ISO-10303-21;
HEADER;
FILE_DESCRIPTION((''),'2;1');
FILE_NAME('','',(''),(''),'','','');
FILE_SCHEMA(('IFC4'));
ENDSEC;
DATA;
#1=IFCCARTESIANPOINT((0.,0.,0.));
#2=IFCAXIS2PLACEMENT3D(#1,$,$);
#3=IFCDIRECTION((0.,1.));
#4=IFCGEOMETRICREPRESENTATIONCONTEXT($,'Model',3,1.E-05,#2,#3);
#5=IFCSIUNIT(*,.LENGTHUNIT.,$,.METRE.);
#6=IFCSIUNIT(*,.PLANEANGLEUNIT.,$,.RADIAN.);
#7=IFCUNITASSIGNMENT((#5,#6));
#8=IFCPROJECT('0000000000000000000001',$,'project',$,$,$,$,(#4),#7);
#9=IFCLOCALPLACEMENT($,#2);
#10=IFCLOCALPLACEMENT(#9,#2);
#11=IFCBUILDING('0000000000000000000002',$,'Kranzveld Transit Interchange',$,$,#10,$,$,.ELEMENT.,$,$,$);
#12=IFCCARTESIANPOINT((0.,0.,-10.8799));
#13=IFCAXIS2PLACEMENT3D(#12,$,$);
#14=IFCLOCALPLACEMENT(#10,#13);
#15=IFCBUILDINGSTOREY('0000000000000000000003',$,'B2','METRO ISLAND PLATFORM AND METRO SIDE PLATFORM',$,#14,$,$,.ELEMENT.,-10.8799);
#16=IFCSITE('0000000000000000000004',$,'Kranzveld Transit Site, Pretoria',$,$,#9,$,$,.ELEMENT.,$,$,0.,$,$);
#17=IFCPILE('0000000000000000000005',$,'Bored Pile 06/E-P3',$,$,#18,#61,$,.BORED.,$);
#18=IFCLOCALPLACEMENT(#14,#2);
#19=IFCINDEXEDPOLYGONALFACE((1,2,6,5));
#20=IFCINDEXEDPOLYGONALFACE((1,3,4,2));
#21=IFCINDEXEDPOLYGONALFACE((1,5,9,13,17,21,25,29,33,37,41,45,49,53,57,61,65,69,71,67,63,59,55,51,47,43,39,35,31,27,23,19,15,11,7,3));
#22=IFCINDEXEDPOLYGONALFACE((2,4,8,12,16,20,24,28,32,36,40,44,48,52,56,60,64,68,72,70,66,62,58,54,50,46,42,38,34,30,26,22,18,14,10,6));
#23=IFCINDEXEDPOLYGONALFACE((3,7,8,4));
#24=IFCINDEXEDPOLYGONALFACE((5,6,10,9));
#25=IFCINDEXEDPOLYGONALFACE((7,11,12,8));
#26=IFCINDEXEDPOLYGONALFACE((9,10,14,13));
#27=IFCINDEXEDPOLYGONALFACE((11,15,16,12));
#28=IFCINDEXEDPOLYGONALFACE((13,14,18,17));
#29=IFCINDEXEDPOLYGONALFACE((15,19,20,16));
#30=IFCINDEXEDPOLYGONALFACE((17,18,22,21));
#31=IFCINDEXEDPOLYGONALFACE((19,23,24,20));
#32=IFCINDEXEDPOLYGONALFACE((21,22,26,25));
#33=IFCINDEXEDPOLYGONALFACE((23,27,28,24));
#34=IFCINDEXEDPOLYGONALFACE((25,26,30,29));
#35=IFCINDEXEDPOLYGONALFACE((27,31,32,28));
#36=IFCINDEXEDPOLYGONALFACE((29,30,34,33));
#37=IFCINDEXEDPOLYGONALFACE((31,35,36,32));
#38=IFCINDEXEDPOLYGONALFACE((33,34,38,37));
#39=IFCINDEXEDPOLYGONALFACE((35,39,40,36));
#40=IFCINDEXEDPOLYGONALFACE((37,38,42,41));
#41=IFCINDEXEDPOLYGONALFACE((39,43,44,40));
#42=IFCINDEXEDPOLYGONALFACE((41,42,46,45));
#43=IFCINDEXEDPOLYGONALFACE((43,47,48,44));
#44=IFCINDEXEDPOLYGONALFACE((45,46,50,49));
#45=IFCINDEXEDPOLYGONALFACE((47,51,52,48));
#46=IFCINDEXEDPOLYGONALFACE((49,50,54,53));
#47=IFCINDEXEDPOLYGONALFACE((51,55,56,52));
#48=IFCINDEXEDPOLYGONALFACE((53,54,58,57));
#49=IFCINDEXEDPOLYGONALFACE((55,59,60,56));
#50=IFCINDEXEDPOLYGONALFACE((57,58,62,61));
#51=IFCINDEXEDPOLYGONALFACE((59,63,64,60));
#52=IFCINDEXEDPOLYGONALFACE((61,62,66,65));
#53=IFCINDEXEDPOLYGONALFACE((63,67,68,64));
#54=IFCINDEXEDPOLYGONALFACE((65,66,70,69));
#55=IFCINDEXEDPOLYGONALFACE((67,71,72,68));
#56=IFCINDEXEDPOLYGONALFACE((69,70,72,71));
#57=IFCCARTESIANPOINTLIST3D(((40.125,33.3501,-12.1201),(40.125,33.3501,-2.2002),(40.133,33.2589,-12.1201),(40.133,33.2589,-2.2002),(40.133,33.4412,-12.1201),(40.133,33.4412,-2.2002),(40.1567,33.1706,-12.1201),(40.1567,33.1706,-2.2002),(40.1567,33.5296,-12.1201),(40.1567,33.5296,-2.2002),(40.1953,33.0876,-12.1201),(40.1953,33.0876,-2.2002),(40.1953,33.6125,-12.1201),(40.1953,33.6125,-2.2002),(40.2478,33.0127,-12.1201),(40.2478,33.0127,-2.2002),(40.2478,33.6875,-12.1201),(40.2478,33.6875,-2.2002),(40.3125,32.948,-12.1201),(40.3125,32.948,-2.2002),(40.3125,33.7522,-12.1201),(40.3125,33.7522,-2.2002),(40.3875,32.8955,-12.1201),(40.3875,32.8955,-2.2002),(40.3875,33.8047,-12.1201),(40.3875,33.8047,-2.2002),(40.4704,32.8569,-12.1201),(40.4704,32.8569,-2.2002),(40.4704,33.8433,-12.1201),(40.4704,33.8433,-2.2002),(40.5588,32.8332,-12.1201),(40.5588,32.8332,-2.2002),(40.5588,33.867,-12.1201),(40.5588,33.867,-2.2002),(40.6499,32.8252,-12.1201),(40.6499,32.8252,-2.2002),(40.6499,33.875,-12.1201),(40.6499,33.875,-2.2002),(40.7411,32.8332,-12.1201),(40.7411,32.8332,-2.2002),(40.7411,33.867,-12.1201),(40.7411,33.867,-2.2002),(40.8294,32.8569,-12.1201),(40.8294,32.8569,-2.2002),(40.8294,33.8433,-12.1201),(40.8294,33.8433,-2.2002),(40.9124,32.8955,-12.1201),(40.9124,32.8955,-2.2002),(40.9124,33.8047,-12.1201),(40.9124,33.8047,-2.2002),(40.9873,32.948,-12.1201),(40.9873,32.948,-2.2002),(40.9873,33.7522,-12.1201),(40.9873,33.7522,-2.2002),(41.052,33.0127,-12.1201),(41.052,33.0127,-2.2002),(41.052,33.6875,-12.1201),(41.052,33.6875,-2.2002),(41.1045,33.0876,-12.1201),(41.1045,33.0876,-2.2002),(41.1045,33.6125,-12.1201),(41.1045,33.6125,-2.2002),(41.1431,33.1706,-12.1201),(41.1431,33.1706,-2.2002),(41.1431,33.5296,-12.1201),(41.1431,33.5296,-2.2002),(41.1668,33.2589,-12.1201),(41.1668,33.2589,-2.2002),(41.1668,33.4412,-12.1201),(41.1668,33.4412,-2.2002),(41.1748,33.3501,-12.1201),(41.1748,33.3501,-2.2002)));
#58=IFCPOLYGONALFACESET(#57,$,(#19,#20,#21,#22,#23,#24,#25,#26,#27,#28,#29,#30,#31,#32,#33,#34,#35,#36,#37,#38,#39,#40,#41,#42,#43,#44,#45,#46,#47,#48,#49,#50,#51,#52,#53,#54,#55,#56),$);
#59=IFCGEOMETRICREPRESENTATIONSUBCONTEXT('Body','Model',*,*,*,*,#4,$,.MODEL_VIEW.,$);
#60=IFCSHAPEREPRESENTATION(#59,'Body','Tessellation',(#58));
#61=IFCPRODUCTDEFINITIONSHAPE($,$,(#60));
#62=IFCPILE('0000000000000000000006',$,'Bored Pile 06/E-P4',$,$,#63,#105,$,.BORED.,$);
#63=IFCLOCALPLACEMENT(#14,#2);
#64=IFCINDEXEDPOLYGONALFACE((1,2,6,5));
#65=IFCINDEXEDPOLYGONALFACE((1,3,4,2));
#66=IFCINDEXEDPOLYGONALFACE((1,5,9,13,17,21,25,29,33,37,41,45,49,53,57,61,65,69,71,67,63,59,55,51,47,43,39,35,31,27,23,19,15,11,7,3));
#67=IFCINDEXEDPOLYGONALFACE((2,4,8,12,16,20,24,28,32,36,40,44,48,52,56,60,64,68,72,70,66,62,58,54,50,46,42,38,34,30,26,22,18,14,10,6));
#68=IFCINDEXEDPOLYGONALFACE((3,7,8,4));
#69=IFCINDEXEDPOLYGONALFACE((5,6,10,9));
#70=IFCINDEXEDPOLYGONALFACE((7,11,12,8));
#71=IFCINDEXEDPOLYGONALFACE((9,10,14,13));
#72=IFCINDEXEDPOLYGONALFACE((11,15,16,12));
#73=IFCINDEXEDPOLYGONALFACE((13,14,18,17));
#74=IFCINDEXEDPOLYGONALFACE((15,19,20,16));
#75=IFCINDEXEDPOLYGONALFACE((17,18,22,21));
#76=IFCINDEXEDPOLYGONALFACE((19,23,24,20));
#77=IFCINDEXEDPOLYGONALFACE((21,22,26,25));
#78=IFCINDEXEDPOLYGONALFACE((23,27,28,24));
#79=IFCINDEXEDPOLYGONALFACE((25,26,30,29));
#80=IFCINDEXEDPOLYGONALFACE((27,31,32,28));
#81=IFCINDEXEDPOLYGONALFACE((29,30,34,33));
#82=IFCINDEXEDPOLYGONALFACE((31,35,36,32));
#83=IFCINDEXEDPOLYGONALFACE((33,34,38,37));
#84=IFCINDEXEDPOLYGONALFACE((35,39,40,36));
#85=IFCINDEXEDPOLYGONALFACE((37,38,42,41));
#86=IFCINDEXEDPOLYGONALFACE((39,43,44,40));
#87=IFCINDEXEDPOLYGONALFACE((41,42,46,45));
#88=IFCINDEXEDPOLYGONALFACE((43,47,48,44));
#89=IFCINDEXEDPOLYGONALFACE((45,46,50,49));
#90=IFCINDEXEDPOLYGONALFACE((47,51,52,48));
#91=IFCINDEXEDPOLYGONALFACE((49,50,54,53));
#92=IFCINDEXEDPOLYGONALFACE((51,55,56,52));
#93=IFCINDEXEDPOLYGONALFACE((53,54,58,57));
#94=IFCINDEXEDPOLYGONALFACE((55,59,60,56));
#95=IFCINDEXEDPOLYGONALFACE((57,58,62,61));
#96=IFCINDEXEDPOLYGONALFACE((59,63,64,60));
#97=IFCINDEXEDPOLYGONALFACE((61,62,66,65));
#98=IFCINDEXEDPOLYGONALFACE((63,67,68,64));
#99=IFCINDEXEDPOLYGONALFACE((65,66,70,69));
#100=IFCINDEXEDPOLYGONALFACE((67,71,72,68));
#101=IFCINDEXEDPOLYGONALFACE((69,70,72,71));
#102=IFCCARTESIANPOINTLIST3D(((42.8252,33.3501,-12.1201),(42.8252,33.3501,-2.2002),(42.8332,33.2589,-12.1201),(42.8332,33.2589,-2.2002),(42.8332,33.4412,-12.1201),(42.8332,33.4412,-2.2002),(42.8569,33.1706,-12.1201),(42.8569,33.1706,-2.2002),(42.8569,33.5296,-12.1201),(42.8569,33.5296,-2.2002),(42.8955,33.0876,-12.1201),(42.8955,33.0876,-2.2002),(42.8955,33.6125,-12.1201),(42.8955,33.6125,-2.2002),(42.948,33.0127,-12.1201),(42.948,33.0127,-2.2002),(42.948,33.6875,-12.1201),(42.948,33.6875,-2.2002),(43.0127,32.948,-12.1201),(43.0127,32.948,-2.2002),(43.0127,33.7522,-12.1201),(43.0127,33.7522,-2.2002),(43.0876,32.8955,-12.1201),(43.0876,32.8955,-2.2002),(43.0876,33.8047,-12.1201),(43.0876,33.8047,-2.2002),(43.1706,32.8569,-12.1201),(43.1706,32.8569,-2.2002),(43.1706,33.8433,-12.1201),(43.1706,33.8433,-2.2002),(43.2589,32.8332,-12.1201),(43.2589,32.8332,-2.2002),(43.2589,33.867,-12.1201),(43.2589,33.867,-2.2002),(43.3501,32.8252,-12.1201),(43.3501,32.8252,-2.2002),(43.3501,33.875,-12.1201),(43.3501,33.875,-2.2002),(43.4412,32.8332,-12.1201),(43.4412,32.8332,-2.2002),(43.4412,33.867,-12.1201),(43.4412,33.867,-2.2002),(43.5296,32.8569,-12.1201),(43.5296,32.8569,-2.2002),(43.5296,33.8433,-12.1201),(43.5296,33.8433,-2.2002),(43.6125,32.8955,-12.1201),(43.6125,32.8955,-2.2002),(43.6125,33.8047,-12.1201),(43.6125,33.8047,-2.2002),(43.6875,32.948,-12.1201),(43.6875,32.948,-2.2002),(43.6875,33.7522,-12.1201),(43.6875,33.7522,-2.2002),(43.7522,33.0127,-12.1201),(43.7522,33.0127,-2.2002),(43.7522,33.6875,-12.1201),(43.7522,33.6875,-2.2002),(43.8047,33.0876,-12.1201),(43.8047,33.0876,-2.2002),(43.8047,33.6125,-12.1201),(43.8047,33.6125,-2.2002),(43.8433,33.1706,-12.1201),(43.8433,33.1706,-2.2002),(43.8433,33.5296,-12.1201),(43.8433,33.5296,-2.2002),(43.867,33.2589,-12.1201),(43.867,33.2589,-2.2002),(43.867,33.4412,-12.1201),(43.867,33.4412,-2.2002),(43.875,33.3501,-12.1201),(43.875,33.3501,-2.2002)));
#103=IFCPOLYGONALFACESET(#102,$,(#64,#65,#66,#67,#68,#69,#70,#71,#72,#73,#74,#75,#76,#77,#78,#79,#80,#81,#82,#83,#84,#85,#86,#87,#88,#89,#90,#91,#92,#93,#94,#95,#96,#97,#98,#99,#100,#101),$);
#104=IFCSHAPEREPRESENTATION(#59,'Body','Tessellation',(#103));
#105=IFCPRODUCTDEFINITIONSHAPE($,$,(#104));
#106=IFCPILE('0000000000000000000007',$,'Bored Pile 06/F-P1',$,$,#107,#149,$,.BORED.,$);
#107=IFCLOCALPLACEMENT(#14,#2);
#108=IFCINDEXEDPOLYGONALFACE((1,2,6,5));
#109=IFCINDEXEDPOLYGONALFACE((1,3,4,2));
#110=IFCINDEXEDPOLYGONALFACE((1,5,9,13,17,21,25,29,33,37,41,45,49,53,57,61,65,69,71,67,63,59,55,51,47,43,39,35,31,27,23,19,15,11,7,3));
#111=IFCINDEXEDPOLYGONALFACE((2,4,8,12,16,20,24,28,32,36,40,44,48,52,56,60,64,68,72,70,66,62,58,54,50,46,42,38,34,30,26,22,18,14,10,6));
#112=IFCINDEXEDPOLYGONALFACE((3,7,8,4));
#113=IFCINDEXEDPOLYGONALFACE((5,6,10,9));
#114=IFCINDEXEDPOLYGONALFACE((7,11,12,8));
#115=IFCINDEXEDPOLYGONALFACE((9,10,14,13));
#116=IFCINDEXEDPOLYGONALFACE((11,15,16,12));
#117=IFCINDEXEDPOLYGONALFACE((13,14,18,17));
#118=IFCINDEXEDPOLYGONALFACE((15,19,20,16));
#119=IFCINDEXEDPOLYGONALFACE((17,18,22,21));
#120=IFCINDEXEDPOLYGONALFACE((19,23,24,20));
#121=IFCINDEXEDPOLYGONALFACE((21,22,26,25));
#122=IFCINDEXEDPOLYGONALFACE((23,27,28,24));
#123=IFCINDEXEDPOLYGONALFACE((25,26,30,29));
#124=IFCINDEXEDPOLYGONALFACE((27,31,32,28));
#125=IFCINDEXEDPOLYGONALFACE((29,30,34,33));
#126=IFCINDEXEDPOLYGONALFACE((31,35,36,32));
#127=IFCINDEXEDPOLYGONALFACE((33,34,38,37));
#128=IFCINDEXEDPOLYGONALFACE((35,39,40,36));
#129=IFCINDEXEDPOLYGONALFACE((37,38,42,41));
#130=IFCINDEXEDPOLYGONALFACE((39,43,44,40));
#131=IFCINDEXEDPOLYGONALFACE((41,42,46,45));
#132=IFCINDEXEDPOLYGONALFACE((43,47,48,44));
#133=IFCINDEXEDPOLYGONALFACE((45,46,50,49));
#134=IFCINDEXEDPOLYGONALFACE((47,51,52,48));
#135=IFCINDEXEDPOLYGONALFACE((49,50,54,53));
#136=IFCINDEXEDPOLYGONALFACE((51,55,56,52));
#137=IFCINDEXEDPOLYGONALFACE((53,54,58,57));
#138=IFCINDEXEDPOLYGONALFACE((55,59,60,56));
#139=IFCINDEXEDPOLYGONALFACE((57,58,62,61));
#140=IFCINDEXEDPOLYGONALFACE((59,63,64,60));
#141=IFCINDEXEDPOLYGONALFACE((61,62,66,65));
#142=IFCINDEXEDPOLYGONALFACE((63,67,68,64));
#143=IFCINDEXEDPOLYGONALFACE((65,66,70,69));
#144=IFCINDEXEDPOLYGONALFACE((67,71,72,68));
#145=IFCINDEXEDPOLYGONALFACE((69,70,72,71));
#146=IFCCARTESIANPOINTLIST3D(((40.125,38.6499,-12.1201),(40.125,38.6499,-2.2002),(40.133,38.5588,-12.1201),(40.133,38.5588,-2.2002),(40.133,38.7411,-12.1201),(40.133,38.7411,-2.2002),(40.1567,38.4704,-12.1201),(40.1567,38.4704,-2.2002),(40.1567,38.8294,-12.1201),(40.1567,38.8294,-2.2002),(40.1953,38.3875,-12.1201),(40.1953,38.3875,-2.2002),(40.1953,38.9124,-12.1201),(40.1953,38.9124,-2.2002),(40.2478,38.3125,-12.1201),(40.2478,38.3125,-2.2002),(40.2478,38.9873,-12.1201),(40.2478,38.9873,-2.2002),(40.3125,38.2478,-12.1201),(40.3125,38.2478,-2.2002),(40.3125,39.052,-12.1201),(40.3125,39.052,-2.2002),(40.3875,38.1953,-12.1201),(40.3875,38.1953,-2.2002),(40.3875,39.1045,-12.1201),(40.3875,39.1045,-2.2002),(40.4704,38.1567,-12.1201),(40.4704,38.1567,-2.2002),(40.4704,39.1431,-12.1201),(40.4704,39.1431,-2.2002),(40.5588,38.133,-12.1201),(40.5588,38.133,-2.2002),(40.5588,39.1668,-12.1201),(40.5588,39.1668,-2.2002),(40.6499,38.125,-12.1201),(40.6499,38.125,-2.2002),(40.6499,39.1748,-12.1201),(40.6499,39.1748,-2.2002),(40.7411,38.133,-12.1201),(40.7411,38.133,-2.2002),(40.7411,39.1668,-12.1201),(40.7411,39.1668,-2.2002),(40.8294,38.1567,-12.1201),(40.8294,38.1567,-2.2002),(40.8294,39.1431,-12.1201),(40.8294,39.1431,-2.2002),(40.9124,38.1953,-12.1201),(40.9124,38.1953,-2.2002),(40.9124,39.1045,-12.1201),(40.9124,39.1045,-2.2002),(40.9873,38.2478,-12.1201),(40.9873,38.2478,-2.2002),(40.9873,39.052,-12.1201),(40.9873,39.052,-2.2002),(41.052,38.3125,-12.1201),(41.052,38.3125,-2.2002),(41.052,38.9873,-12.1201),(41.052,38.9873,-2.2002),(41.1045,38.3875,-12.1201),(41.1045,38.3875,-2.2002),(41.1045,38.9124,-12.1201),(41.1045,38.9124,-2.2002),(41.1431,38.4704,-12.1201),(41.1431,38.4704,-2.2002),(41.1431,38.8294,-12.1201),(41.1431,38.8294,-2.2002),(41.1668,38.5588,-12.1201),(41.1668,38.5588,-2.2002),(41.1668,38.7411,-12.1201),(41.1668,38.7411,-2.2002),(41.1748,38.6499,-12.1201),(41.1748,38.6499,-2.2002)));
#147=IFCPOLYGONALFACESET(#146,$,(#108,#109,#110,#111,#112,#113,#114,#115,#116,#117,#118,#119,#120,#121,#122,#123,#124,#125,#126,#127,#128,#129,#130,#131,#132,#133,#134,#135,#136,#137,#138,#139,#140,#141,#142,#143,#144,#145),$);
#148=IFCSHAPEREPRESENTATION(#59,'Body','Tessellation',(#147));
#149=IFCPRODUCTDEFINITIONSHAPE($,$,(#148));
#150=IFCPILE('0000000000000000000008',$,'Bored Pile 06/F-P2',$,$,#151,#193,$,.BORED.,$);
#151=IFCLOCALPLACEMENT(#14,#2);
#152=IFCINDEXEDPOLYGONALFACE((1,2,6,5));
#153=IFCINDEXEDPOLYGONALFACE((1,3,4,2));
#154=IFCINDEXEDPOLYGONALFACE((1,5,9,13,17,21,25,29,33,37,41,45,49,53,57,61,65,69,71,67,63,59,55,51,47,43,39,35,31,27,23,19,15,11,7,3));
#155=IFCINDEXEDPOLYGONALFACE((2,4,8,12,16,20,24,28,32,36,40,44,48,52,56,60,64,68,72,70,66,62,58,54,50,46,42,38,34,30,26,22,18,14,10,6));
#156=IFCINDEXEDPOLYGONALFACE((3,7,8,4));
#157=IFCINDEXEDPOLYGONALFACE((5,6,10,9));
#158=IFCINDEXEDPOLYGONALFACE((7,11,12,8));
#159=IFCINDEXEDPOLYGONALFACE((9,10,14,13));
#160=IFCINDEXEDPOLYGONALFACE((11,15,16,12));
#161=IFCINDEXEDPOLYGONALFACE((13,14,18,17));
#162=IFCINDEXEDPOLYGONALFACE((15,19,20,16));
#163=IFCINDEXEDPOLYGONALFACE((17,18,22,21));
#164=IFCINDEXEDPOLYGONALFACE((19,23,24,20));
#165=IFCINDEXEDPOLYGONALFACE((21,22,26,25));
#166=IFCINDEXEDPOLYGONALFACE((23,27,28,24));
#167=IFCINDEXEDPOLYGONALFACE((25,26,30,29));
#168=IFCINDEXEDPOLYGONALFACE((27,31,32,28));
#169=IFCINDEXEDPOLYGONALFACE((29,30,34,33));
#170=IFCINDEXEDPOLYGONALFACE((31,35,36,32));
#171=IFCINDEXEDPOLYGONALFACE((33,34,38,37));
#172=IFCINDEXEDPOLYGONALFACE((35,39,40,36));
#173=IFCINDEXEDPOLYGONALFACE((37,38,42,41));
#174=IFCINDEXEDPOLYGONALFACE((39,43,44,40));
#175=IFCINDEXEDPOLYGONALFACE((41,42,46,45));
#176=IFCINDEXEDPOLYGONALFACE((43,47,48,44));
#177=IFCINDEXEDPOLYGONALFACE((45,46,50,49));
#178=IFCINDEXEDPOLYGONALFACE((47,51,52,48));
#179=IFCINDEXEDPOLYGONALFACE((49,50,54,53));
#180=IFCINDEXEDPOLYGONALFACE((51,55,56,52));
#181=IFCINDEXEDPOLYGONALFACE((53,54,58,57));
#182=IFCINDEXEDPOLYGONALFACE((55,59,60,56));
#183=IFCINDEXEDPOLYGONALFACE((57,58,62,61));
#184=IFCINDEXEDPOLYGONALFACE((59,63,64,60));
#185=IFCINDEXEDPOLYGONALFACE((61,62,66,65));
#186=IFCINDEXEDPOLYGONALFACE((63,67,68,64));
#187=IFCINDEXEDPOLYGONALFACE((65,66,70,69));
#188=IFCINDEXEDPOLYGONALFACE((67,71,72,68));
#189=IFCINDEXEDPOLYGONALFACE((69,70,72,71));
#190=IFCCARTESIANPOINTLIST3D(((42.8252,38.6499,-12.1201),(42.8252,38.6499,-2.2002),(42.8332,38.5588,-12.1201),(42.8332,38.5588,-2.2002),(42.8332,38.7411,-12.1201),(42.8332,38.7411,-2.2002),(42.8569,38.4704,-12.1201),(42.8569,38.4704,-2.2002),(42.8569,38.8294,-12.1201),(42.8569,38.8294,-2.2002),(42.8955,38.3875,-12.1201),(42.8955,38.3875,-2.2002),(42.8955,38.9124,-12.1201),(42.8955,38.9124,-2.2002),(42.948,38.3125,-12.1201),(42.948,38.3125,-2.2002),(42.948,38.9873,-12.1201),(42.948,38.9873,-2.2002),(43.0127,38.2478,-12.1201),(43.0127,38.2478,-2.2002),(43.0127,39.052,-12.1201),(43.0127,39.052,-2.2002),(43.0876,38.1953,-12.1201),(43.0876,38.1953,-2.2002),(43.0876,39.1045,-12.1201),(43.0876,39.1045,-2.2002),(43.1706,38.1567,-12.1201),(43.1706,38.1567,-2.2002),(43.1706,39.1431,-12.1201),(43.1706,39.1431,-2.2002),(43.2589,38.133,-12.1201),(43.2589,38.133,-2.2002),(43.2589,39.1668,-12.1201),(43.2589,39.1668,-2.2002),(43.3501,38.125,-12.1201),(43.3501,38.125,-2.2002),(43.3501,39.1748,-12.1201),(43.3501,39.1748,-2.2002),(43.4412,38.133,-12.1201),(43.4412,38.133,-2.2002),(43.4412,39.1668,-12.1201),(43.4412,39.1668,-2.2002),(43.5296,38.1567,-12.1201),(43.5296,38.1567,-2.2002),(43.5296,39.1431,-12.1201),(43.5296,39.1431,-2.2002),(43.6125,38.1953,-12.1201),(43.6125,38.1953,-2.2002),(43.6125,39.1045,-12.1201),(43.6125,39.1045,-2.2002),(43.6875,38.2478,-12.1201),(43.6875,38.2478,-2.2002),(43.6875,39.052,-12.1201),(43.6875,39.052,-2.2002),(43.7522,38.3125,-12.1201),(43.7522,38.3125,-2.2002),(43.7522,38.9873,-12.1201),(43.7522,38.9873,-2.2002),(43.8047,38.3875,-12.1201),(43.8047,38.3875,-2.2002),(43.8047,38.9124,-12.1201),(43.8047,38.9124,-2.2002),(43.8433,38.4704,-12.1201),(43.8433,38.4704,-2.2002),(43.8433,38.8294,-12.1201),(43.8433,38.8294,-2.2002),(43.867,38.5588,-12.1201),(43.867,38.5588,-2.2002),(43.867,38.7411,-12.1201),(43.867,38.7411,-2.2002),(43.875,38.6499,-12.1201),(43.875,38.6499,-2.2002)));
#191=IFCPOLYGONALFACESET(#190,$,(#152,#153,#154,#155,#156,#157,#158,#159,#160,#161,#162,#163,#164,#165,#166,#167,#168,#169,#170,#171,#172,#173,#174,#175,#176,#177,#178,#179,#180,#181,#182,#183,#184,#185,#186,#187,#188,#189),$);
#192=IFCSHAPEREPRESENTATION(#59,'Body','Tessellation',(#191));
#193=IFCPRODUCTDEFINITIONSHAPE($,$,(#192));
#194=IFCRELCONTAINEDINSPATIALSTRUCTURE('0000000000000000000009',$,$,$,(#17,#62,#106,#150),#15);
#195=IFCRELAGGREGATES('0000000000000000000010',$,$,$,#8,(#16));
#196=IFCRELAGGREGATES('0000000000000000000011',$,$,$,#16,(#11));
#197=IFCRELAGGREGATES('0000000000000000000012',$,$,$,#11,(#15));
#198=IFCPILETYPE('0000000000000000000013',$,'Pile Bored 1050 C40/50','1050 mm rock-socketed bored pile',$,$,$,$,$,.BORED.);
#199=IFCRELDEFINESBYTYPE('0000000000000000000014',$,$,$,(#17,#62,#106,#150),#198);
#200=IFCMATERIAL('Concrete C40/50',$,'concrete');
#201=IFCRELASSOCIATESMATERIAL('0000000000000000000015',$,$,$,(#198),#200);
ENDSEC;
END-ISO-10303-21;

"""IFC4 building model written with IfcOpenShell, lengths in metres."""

from ifc_helpers import new_model, si_unit, direction, frame, origin, origin_2d, place, context, subcontext, project, spatial, circle, extrude, material, material_profile, profile_set, type_object, element, save


model = new_model("IFC4")

# Units and contexts
model_context = context("Model", 3, precision=1e-05, world=origin(), true_north=direction((0.0, 1.0)))
body_context = subcontext(model_context, "Body", "Model", "MODEL_VIEW")
ifc_project = project(units=[si_unit("LENGTHUNIT", "METRE"), si_unit("PLANEANGLEUNIT", "RADIAN")], contexts=[model_context])

# Site, building, storey
site_placement = place(None, origin())
site = spatial("IfcSite", under=ifc_project, at=site_placement, Name="Kranzveld Transit Site, Pretoria", CompositionType="ELEMENT", RefElevation=0.0)
building_placement = place(site_placement, origin())
building = spatial("IfcBuilding", under=site, at=building_placement, Name="Kranzveld Transit Interchange", CompositionType="ELEMENT")
storey_placement = place(building_placement, frame((0.0, 0.0, -10.8799)))
storey = spatial("IfcBuildingStorey", under=building, at=storey_placement, Name="B2", Description="METRO ISLAND PLATFORM AND METRO SIDE PLATFORM", CompositionType="ELEMENT", Elevation=-10.8799)

# Piles
ifc_material_1 = material(Name="Concrete C40/50", Category="concrete")
ifc_material_profile_1 = material_profile(ifc_material_1, circle(Radius=0.5249, at=origin_2d()), Name="BORED PILE 1050")
ifc_profile_set_1 = profile_set([ifc_material_profile_1], Name="Concrete C40/50")
pile_type_1 = type_object("IfcPileType", Name="Pile Bored 1050 C40/50", Description="1050 mm rock-socketed bored pile", PredefinedType="BORED", material=ifc_profile_set_1)
for number, where, z_axis, x_axis, name in (
    (1, (40.6499, 33.3501, -2.2002), (0.0, 0.0, -1.0), (1.0, 0.0, 0.0), "Bored Pile 06/E-P3"),
    (2, (43.3501, 33.3501, -2.2002), (0.0, 0.0, -1.0), (1.0, 0.0, 0.0), "Bored Pile 06/E-P4"),
    (3, (40.6499, 38.6499, -2.2002), (0.0, 0.0, -1.0), (1.0, 0.0, 0.0), "Bored Pile 06/F-P1"),
    (4, (43.3501, 38.6499, -2.2002), (0.0, 0.0, -1.0), (1.0, 0.0, 0.0), "Bored Pile 06/F-P2"),
):
    element("IfcPile", number, at=place(storey_placement, frame(where, z_axis=z_axis, x_axis=x_axis)), inside=storey, type_object=pile_type_1, Name=name, PredefinedType="BORED", context=body_context, shape_type="SweptSolid", body=[
        extrude(circle(Radius=0.5249, at=origin_2d()), origin(), (0.0, 0.0, 1.0), 9.9199),
    ])

save(model, "model.ifc")
